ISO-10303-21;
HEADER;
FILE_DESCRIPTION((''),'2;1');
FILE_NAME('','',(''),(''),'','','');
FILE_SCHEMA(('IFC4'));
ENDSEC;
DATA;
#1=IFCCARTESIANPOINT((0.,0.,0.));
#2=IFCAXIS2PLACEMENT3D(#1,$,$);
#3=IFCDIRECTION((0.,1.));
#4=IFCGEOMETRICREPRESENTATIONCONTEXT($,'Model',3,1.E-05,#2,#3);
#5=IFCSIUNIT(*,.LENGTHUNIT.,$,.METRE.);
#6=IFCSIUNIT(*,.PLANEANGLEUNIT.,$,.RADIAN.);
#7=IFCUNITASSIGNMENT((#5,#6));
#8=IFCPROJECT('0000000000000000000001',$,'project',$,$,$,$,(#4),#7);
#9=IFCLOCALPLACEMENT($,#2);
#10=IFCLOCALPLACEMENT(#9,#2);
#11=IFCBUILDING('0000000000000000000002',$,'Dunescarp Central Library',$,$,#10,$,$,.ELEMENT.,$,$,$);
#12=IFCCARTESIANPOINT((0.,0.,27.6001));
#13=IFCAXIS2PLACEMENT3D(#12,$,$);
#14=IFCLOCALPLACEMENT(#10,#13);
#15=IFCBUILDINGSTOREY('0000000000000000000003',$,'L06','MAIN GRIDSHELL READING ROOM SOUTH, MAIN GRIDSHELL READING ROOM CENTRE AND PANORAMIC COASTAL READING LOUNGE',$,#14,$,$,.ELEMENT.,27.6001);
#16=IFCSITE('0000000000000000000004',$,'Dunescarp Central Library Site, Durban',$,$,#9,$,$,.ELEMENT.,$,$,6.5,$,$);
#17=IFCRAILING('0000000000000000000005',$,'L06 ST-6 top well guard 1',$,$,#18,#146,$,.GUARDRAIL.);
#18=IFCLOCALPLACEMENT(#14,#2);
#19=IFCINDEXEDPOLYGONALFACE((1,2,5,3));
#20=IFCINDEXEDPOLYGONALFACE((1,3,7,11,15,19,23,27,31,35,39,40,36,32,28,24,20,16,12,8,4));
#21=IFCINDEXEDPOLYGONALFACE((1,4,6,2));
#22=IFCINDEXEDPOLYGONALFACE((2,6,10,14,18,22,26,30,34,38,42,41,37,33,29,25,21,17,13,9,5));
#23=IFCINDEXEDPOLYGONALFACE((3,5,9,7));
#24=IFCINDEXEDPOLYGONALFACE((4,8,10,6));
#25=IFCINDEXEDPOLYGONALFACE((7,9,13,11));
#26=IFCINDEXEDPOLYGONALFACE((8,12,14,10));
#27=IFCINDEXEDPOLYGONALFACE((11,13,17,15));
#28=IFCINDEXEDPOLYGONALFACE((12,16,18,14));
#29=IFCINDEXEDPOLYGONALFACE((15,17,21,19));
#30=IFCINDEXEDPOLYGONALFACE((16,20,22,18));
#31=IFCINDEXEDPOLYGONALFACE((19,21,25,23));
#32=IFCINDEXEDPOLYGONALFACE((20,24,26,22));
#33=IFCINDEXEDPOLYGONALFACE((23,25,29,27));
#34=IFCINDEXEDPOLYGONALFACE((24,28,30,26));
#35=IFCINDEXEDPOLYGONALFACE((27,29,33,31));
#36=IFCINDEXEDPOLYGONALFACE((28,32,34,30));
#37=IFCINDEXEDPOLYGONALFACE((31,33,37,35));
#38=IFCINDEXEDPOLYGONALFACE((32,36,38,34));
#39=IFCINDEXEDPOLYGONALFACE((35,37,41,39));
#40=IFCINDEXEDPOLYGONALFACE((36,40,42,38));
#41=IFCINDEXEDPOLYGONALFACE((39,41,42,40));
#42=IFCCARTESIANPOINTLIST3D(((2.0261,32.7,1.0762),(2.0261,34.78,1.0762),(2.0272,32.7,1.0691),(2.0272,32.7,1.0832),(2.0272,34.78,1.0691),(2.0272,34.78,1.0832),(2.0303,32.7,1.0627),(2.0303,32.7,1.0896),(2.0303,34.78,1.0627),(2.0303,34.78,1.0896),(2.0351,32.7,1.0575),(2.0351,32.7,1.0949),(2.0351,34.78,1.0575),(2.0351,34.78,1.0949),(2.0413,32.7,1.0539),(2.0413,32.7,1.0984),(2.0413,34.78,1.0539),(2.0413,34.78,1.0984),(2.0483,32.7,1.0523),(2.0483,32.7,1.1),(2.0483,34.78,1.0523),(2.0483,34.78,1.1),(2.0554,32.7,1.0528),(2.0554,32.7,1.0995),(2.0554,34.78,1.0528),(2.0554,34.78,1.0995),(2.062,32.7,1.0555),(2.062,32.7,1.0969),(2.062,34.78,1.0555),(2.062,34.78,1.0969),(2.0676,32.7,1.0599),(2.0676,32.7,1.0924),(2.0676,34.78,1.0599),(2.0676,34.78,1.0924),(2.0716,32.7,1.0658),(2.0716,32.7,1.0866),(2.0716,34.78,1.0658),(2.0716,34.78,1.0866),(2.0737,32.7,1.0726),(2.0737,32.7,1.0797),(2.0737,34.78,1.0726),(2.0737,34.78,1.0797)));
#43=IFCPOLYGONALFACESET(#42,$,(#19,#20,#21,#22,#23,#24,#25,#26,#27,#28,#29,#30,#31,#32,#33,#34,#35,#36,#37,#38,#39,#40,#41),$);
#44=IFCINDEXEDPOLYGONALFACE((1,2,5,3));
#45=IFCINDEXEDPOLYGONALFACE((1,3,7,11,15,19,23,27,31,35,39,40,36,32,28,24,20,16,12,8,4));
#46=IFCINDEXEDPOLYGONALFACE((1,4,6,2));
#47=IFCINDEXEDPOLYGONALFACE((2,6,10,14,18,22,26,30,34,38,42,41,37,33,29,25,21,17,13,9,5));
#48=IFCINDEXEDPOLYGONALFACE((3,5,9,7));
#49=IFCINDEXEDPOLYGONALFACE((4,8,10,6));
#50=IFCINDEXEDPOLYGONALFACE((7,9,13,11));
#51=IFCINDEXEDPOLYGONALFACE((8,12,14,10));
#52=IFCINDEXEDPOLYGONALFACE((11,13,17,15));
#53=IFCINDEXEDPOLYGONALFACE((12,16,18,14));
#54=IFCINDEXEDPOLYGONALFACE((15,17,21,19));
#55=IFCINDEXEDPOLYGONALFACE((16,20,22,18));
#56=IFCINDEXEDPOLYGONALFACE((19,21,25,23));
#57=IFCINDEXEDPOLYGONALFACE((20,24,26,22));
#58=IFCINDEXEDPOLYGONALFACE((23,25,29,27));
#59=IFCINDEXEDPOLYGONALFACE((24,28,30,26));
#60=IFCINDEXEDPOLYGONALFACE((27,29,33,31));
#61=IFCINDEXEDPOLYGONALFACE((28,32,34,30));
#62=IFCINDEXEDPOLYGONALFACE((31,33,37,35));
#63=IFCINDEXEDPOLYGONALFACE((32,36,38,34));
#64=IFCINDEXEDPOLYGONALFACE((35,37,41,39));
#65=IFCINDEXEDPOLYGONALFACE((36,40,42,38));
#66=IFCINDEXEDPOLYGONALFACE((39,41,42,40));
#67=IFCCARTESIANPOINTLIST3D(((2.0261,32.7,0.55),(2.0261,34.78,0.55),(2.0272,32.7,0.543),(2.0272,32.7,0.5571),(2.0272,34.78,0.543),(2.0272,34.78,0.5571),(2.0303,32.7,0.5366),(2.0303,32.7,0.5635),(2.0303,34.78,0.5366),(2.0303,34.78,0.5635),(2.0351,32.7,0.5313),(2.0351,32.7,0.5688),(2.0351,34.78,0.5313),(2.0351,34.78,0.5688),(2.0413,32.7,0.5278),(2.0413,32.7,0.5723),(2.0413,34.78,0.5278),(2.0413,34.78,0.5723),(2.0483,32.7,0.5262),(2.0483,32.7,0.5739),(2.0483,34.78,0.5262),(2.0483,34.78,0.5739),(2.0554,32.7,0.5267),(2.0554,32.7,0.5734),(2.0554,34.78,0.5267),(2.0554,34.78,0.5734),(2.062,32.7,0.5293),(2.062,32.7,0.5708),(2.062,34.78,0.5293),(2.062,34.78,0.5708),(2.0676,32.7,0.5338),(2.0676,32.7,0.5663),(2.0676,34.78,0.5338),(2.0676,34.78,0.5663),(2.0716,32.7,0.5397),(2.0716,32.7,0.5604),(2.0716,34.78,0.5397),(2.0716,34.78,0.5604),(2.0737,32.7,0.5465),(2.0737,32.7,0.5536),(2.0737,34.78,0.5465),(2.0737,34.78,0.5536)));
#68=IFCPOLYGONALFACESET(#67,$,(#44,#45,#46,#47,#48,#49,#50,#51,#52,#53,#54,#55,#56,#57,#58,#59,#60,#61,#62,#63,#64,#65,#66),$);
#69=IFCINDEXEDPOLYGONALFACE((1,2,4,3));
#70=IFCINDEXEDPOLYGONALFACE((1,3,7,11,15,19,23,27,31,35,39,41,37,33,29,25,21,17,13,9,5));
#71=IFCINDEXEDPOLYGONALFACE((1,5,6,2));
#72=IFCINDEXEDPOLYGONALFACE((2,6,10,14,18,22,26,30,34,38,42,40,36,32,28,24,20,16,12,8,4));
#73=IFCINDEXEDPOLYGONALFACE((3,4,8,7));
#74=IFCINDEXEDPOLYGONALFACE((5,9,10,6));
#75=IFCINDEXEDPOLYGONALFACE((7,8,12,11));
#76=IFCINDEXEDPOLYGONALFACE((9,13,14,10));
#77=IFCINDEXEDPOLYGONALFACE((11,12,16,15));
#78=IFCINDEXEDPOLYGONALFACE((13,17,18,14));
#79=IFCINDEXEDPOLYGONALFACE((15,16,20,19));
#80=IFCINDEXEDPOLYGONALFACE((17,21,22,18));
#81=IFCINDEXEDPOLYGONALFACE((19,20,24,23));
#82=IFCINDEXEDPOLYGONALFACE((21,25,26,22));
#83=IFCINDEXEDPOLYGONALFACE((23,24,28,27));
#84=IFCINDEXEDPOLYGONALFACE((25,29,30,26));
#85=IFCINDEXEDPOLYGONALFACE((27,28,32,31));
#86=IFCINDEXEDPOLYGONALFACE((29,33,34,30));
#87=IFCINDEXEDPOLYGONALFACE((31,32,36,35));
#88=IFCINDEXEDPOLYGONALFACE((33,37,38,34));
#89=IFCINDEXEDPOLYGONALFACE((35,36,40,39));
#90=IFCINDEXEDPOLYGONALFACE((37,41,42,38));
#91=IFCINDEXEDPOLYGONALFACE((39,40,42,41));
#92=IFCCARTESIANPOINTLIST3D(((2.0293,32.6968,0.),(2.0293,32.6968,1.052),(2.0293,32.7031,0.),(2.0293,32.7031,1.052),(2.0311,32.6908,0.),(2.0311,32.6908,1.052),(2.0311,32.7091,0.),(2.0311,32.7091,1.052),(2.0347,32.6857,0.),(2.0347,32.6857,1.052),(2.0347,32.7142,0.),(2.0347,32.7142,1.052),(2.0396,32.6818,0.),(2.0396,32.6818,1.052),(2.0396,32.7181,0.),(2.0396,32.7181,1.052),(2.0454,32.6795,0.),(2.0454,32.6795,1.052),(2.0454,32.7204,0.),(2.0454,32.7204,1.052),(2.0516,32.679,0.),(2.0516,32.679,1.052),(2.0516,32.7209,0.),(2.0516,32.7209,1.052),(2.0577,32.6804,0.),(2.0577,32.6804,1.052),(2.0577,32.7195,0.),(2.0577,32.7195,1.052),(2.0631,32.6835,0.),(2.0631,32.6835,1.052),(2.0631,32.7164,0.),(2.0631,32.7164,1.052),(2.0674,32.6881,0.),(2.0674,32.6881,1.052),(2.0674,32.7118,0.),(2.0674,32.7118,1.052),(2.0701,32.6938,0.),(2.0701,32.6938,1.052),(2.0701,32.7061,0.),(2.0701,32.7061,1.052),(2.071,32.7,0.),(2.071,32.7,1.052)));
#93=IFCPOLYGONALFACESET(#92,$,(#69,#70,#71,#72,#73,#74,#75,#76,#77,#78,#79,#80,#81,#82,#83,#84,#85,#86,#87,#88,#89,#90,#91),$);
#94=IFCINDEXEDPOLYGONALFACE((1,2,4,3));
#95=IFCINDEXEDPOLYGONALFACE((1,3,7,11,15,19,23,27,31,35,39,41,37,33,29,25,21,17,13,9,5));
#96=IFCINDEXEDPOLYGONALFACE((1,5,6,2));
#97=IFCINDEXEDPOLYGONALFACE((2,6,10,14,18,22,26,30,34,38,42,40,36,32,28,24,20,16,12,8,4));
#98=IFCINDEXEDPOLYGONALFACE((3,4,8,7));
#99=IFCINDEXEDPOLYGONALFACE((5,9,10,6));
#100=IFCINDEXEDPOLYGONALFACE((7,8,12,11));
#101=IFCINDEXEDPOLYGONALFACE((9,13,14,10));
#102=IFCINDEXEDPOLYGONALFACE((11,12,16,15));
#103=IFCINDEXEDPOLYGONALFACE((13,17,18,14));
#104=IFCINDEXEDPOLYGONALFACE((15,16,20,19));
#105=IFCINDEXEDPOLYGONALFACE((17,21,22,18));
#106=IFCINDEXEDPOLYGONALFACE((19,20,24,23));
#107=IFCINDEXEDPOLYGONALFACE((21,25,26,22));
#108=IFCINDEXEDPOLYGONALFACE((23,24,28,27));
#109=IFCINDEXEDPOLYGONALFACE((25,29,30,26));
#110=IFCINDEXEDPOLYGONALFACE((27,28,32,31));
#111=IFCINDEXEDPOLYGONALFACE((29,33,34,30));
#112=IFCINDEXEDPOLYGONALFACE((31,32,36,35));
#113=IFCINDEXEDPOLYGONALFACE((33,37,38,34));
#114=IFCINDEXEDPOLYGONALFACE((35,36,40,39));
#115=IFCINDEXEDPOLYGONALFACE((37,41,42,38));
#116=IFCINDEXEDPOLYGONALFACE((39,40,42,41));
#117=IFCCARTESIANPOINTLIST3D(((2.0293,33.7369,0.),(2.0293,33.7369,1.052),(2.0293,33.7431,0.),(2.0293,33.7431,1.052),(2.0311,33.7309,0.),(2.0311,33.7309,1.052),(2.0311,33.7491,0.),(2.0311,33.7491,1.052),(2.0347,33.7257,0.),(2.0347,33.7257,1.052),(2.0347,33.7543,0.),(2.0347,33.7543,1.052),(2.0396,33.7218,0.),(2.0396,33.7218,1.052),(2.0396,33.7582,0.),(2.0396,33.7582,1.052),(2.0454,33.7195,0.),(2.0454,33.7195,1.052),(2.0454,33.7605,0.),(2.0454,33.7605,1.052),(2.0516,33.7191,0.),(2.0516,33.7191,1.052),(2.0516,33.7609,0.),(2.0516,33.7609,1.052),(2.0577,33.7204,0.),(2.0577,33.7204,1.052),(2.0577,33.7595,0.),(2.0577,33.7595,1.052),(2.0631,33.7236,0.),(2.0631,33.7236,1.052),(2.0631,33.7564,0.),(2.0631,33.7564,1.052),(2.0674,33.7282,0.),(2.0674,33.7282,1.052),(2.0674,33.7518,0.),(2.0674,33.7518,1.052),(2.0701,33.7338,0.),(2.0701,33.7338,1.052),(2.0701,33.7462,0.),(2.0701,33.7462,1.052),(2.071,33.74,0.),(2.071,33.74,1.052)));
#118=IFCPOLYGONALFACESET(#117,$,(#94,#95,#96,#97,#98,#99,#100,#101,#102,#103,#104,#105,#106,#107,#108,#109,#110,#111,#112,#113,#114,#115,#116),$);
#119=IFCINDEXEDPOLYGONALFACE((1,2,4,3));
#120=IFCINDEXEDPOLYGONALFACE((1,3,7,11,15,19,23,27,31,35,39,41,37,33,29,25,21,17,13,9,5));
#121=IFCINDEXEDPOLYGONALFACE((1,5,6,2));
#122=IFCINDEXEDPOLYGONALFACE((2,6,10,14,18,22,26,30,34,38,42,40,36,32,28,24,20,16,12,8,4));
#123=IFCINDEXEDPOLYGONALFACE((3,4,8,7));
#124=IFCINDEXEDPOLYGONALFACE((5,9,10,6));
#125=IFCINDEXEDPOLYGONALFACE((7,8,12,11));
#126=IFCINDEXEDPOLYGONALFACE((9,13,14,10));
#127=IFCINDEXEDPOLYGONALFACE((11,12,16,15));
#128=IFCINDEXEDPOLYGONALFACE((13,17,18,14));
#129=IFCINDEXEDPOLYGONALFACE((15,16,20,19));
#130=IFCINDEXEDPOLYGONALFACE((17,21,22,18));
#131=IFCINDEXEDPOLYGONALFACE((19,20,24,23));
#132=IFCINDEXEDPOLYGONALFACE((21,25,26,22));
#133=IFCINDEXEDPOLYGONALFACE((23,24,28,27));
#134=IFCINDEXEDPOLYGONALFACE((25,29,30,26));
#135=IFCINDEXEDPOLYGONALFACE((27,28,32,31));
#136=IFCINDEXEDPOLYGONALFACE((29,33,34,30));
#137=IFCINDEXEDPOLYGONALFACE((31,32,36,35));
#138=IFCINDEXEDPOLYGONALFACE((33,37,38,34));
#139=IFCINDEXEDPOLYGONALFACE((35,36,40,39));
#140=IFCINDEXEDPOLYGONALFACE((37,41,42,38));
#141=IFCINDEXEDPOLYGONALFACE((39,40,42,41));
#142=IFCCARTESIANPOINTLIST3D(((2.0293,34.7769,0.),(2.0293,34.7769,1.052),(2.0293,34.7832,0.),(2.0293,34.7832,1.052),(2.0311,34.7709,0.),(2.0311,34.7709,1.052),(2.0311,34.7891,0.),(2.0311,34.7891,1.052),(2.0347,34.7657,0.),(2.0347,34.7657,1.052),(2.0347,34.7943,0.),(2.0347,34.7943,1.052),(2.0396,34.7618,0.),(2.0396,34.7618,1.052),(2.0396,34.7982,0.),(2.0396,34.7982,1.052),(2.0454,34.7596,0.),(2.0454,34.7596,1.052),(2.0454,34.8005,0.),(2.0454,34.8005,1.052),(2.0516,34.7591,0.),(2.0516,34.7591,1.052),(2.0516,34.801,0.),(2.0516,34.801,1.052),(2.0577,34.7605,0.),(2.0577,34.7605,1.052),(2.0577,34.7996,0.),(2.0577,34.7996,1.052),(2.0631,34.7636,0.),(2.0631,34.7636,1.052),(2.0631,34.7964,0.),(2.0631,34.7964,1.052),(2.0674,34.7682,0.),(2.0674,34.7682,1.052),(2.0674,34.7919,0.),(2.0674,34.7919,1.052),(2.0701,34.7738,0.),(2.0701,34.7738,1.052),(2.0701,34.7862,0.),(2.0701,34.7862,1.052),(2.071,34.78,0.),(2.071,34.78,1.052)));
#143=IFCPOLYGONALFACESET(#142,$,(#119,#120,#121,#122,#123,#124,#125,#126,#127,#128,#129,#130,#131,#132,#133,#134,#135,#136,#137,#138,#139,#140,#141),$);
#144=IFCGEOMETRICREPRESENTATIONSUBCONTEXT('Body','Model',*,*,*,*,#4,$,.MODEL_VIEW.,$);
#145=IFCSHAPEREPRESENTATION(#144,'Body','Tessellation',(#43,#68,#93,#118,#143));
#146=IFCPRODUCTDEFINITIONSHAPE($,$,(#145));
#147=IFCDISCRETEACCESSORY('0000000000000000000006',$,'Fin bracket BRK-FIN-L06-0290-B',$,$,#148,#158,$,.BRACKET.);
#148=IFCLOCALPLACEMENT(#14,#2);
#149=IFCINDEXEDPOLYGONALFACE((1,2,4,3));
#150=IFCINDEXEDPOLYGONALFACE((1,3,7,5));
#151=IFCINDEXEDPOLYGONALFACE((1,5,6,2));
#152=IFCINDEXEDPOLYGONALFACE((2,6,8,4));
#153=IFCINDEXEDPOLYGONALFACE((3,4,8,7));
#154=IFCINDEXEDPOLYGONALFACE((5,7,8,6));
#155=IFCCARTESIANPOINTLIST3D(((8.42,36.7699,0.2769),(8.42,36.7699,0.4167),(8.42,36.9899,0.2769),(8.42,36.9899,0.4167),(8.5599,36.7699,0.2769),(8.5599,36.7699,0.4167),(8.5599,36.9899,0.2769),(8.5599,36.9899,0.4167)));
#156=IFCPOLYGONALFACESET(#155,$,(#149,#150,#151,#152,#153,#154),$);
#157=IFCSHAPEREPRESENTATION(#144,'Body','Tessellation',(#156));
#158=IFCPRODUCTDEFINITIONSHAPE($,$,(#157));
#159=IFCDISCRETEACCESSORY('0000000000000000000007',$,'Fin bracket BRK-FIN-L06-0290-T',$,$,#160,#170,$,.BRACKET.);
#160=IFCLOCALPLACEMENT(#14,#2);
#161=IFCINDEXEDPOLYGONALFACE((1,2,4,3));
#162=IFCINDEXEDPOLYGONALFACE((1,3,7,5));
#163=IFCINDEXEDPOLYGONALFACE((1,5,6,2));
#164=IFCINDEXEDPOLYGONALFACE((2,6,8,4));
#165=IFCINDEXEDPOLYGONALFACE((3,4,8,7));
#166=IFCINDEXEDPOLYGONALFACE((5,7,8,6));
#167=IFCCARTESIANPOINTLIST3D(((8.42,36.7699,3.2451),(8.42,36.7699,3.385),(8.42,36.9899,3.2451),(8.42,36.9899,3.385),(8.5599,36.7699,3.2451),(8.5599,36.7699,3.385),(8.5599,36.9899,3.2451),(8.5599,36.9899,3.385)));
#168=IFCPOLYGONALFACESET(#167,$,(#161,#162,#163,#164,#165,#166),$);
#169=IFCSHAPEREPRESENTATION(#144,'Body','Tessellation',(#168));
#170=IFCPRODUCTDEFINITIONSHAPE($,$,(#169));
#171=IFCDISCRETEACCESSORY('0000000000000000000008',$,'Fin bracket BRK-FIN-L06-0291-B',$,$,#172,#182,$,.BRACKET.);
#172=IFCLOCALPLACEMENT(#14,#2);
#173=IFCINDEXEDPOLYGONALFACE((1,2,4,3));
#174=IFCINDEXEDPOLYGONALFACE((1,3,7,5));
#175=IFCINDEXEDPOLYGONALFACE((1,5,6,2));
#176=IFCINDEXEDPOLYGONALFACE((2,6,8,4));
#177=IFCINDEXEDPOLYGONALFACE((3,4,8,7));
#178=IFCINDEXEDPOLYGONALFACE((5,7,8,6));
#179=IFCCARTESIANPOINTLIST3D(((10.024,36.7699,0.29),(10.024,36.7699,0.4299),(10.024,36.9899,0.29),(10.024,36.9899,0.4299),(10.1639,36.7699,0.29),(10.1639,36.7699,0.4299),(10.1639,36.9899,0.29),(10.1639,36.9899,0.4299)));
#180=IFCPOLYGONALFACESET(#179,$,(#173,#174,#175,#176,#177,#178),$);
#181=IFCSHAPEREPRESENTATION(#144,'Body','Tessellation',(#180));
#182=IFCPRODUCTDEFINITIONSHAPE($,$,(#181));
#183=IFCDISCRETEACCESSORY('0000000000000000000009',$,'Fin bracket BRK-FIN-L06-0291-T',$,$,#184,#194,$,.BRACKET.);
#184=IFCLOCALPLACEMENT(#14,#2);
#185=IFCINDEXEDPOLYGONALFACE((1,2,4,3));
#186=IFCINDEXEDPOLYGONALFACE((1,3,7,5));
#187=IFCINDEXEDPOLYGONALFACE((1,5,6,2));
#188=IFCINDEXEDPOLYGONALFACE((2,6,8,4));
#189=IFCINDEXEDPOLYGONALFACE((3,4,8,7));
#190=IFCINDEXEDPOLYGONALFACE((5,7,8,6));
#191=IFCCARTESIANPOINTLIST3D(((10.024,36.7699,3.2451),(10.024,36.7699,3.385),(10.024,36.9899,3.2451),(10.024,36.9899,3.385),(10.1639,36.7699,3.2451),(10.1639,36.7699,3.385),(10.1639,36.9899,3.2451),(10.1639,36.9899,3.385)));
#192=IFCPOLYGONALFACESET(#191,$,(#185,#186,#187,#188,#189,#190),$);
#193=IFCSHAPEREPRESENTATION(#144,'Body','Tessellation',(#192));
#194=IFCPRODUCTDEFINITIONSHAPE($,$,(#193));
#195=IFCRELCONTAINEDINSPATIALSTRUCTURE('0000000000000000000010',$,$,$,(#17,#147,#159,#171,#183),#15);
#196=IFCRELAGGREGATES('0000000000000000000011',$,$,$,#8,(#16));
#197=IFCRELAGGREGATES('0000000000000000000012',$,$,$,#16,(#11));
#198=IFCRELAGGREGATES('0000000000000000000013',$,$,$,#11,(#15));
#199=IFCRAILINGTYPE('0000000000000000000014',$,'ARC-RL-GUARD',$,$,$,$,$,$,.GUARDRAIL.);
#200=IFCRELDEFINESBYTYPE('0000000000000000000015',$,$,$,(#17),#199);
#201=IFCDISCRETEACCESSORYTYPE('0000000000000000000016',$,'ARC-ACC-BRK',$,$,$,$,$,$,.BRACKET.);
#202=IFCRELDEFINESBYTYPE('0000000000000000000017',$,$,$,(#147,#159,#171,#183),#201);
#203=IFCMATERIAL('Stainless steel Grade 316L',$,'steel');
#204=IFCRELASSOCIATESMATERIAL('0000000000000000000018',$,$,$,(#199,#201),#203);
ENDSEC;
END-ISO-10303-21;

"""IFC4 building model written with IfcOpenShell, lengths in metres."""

from ifc_helpers import new_model, si_unit, direction, frame, origin, origin_2d, place, context, subcontext, project, spatial, rectangle, circle, extrude, material, type_object, element, save


model = new_model("IFC4")

# Units and contexts
model_context = context("Model", 3, precision=1e-05, world=origin(), true_north=direction((0.0, 1.0)))
body_context = subcontext(model_context, "Body", "Model", "MODEL_VIEW")
ifc_project = project(units=[si_unit("LENGTHUNIT", "METRE"), si_unit("PLANEANGLEUNIT", "RADIAN")], contexts=[model_context])

# Site, building, storey
site_placement = place(None, origin())
site = spatial("IfcSite", under=ifc_project, at=site_placement, Name="Dunescarp Central Library Site, Durban", CompositionType="ELEMENT", RefElevation=6.5)
building_placement = place(site_placement, origin())
building = spatial("IfcBuilding", under=site, at=building_placement, Name="Dunescarp Central Library", CompositionType="ELEMENT")
storey_placement = place(building_placement, frame((0.0, 0.0, 27.6001)))
storey = spatial("IfcBuildingStorey", under=building, at=storey_placement, Name="L06", Description="MAIN GRIDSHELL READING ROOM SOUTH, MAIN GRIDSHELL READING ROOM CENTRE AND PANORAMIC COASTAL READING LOUNGE", CompositionType="ELEMENT", Elevation=27.6001)

# Railing
ifc_material_1 = material(Name="Stainless steel Grade 316L", Category="steel")
railing_type = type_object("IfcRailingType", Name="ARC-RL-GUARD", PredefinedType="GUARDRAIL", material=ifc_material_1)
railing_placement = place(storey_placement, frame((2.05, 32.7, 0.0)))
element("IfcRailing", 1, at=railing_placement, inside=storey, type_object=railing_type, Name="L06 ST-6 top well guard 1", PredefinedType="GUARDRAIL", context=body_context, shape_type="SweptSolid", body=[
    extrude(circle(Radius=0.0239, at=origin_2d()), frame((0.0, 0.0, 1.0762), z_axis=(0.0, 1.0, 0.0), x_axis=(-1.0, 0.0, 0.0)), (0.0, 0.0, 1.0), 2.0801),
    extrude(circle(Radius=0.0239, at=origin_2d()), frame((0.0, 0.0, 0.55), z_axis=(0.0, 1.0, 0.0), x_axis=(-1.0, 0.0, 0.0)), (0.0, 0.0, 1.0), 2.0801),
    extrude(circle(Radius=0.021, at=origin_2d()), origin(), (0.0, 0.0, 1.0), 1.052),
    extrude(circle(Radius=0.021, at=origin_2d()), frame((0.0, 1.04, 0.0)), (0.0, 0.0, 1.0), 1.052),
    extrude(circle(Radius=0.021, at=origin_2d()), frame((0.0, 2.0801, 0.0)), (0.0, 0.0, 1.0), 1.052),
])

# Discrete accessories
discrete_accessory_type = type_object("IfcDiscreteAccessoryType", Name="ARC-ACC-BRK", PredefinedType="BRACKET", material=ifc_material_1)
for number, where, z_axis, x_axis, name in (
    (2, (8.49, 36.8799, 0.2769), (0.0, 0.0, 1.0), (0.0, 1.0, 0.0), "Fin bracket BRK-FIN-L06-0290-B"),
    (3, (8.49, 36.8799, 3.2451), (0.0, 0.0, 1.0), (0.0, 1.0, 0.0), "Fin bracket BRK-FIN-L06-0290-T"),
    (4, (10.094, 36.8799, 0.29), (0.0, 0.0, 1.0), (0.0, 1.0, 0.0), "Fin bracket BRK-FIN-L06-0291-B"),
    (5, (10.094, 36.8799, 3.2451), (0.0, 0.0, 1.0), (0.0, 1.0, 0.0), "Fin bracket BRK-FIN-L06-0291-T"),
):
    element("IfcDiscreteAccessory", number, at=place(storey_placement, frame(where, z_axis=z_axis, x_axis=x_axis)), inside=storey, type_object=discrete_accessory_type, Name=name, PredefinedType="BRACKET", context=body_context, shape_type="SweptSolid", body=[
        extrude(rectangle(XDim=0.22, YDim=0.1399, at=origin_2d()), origin(), (0.0, 0.0, 1.0), 0.1399),
    ])

save(model, "model.ifc")
